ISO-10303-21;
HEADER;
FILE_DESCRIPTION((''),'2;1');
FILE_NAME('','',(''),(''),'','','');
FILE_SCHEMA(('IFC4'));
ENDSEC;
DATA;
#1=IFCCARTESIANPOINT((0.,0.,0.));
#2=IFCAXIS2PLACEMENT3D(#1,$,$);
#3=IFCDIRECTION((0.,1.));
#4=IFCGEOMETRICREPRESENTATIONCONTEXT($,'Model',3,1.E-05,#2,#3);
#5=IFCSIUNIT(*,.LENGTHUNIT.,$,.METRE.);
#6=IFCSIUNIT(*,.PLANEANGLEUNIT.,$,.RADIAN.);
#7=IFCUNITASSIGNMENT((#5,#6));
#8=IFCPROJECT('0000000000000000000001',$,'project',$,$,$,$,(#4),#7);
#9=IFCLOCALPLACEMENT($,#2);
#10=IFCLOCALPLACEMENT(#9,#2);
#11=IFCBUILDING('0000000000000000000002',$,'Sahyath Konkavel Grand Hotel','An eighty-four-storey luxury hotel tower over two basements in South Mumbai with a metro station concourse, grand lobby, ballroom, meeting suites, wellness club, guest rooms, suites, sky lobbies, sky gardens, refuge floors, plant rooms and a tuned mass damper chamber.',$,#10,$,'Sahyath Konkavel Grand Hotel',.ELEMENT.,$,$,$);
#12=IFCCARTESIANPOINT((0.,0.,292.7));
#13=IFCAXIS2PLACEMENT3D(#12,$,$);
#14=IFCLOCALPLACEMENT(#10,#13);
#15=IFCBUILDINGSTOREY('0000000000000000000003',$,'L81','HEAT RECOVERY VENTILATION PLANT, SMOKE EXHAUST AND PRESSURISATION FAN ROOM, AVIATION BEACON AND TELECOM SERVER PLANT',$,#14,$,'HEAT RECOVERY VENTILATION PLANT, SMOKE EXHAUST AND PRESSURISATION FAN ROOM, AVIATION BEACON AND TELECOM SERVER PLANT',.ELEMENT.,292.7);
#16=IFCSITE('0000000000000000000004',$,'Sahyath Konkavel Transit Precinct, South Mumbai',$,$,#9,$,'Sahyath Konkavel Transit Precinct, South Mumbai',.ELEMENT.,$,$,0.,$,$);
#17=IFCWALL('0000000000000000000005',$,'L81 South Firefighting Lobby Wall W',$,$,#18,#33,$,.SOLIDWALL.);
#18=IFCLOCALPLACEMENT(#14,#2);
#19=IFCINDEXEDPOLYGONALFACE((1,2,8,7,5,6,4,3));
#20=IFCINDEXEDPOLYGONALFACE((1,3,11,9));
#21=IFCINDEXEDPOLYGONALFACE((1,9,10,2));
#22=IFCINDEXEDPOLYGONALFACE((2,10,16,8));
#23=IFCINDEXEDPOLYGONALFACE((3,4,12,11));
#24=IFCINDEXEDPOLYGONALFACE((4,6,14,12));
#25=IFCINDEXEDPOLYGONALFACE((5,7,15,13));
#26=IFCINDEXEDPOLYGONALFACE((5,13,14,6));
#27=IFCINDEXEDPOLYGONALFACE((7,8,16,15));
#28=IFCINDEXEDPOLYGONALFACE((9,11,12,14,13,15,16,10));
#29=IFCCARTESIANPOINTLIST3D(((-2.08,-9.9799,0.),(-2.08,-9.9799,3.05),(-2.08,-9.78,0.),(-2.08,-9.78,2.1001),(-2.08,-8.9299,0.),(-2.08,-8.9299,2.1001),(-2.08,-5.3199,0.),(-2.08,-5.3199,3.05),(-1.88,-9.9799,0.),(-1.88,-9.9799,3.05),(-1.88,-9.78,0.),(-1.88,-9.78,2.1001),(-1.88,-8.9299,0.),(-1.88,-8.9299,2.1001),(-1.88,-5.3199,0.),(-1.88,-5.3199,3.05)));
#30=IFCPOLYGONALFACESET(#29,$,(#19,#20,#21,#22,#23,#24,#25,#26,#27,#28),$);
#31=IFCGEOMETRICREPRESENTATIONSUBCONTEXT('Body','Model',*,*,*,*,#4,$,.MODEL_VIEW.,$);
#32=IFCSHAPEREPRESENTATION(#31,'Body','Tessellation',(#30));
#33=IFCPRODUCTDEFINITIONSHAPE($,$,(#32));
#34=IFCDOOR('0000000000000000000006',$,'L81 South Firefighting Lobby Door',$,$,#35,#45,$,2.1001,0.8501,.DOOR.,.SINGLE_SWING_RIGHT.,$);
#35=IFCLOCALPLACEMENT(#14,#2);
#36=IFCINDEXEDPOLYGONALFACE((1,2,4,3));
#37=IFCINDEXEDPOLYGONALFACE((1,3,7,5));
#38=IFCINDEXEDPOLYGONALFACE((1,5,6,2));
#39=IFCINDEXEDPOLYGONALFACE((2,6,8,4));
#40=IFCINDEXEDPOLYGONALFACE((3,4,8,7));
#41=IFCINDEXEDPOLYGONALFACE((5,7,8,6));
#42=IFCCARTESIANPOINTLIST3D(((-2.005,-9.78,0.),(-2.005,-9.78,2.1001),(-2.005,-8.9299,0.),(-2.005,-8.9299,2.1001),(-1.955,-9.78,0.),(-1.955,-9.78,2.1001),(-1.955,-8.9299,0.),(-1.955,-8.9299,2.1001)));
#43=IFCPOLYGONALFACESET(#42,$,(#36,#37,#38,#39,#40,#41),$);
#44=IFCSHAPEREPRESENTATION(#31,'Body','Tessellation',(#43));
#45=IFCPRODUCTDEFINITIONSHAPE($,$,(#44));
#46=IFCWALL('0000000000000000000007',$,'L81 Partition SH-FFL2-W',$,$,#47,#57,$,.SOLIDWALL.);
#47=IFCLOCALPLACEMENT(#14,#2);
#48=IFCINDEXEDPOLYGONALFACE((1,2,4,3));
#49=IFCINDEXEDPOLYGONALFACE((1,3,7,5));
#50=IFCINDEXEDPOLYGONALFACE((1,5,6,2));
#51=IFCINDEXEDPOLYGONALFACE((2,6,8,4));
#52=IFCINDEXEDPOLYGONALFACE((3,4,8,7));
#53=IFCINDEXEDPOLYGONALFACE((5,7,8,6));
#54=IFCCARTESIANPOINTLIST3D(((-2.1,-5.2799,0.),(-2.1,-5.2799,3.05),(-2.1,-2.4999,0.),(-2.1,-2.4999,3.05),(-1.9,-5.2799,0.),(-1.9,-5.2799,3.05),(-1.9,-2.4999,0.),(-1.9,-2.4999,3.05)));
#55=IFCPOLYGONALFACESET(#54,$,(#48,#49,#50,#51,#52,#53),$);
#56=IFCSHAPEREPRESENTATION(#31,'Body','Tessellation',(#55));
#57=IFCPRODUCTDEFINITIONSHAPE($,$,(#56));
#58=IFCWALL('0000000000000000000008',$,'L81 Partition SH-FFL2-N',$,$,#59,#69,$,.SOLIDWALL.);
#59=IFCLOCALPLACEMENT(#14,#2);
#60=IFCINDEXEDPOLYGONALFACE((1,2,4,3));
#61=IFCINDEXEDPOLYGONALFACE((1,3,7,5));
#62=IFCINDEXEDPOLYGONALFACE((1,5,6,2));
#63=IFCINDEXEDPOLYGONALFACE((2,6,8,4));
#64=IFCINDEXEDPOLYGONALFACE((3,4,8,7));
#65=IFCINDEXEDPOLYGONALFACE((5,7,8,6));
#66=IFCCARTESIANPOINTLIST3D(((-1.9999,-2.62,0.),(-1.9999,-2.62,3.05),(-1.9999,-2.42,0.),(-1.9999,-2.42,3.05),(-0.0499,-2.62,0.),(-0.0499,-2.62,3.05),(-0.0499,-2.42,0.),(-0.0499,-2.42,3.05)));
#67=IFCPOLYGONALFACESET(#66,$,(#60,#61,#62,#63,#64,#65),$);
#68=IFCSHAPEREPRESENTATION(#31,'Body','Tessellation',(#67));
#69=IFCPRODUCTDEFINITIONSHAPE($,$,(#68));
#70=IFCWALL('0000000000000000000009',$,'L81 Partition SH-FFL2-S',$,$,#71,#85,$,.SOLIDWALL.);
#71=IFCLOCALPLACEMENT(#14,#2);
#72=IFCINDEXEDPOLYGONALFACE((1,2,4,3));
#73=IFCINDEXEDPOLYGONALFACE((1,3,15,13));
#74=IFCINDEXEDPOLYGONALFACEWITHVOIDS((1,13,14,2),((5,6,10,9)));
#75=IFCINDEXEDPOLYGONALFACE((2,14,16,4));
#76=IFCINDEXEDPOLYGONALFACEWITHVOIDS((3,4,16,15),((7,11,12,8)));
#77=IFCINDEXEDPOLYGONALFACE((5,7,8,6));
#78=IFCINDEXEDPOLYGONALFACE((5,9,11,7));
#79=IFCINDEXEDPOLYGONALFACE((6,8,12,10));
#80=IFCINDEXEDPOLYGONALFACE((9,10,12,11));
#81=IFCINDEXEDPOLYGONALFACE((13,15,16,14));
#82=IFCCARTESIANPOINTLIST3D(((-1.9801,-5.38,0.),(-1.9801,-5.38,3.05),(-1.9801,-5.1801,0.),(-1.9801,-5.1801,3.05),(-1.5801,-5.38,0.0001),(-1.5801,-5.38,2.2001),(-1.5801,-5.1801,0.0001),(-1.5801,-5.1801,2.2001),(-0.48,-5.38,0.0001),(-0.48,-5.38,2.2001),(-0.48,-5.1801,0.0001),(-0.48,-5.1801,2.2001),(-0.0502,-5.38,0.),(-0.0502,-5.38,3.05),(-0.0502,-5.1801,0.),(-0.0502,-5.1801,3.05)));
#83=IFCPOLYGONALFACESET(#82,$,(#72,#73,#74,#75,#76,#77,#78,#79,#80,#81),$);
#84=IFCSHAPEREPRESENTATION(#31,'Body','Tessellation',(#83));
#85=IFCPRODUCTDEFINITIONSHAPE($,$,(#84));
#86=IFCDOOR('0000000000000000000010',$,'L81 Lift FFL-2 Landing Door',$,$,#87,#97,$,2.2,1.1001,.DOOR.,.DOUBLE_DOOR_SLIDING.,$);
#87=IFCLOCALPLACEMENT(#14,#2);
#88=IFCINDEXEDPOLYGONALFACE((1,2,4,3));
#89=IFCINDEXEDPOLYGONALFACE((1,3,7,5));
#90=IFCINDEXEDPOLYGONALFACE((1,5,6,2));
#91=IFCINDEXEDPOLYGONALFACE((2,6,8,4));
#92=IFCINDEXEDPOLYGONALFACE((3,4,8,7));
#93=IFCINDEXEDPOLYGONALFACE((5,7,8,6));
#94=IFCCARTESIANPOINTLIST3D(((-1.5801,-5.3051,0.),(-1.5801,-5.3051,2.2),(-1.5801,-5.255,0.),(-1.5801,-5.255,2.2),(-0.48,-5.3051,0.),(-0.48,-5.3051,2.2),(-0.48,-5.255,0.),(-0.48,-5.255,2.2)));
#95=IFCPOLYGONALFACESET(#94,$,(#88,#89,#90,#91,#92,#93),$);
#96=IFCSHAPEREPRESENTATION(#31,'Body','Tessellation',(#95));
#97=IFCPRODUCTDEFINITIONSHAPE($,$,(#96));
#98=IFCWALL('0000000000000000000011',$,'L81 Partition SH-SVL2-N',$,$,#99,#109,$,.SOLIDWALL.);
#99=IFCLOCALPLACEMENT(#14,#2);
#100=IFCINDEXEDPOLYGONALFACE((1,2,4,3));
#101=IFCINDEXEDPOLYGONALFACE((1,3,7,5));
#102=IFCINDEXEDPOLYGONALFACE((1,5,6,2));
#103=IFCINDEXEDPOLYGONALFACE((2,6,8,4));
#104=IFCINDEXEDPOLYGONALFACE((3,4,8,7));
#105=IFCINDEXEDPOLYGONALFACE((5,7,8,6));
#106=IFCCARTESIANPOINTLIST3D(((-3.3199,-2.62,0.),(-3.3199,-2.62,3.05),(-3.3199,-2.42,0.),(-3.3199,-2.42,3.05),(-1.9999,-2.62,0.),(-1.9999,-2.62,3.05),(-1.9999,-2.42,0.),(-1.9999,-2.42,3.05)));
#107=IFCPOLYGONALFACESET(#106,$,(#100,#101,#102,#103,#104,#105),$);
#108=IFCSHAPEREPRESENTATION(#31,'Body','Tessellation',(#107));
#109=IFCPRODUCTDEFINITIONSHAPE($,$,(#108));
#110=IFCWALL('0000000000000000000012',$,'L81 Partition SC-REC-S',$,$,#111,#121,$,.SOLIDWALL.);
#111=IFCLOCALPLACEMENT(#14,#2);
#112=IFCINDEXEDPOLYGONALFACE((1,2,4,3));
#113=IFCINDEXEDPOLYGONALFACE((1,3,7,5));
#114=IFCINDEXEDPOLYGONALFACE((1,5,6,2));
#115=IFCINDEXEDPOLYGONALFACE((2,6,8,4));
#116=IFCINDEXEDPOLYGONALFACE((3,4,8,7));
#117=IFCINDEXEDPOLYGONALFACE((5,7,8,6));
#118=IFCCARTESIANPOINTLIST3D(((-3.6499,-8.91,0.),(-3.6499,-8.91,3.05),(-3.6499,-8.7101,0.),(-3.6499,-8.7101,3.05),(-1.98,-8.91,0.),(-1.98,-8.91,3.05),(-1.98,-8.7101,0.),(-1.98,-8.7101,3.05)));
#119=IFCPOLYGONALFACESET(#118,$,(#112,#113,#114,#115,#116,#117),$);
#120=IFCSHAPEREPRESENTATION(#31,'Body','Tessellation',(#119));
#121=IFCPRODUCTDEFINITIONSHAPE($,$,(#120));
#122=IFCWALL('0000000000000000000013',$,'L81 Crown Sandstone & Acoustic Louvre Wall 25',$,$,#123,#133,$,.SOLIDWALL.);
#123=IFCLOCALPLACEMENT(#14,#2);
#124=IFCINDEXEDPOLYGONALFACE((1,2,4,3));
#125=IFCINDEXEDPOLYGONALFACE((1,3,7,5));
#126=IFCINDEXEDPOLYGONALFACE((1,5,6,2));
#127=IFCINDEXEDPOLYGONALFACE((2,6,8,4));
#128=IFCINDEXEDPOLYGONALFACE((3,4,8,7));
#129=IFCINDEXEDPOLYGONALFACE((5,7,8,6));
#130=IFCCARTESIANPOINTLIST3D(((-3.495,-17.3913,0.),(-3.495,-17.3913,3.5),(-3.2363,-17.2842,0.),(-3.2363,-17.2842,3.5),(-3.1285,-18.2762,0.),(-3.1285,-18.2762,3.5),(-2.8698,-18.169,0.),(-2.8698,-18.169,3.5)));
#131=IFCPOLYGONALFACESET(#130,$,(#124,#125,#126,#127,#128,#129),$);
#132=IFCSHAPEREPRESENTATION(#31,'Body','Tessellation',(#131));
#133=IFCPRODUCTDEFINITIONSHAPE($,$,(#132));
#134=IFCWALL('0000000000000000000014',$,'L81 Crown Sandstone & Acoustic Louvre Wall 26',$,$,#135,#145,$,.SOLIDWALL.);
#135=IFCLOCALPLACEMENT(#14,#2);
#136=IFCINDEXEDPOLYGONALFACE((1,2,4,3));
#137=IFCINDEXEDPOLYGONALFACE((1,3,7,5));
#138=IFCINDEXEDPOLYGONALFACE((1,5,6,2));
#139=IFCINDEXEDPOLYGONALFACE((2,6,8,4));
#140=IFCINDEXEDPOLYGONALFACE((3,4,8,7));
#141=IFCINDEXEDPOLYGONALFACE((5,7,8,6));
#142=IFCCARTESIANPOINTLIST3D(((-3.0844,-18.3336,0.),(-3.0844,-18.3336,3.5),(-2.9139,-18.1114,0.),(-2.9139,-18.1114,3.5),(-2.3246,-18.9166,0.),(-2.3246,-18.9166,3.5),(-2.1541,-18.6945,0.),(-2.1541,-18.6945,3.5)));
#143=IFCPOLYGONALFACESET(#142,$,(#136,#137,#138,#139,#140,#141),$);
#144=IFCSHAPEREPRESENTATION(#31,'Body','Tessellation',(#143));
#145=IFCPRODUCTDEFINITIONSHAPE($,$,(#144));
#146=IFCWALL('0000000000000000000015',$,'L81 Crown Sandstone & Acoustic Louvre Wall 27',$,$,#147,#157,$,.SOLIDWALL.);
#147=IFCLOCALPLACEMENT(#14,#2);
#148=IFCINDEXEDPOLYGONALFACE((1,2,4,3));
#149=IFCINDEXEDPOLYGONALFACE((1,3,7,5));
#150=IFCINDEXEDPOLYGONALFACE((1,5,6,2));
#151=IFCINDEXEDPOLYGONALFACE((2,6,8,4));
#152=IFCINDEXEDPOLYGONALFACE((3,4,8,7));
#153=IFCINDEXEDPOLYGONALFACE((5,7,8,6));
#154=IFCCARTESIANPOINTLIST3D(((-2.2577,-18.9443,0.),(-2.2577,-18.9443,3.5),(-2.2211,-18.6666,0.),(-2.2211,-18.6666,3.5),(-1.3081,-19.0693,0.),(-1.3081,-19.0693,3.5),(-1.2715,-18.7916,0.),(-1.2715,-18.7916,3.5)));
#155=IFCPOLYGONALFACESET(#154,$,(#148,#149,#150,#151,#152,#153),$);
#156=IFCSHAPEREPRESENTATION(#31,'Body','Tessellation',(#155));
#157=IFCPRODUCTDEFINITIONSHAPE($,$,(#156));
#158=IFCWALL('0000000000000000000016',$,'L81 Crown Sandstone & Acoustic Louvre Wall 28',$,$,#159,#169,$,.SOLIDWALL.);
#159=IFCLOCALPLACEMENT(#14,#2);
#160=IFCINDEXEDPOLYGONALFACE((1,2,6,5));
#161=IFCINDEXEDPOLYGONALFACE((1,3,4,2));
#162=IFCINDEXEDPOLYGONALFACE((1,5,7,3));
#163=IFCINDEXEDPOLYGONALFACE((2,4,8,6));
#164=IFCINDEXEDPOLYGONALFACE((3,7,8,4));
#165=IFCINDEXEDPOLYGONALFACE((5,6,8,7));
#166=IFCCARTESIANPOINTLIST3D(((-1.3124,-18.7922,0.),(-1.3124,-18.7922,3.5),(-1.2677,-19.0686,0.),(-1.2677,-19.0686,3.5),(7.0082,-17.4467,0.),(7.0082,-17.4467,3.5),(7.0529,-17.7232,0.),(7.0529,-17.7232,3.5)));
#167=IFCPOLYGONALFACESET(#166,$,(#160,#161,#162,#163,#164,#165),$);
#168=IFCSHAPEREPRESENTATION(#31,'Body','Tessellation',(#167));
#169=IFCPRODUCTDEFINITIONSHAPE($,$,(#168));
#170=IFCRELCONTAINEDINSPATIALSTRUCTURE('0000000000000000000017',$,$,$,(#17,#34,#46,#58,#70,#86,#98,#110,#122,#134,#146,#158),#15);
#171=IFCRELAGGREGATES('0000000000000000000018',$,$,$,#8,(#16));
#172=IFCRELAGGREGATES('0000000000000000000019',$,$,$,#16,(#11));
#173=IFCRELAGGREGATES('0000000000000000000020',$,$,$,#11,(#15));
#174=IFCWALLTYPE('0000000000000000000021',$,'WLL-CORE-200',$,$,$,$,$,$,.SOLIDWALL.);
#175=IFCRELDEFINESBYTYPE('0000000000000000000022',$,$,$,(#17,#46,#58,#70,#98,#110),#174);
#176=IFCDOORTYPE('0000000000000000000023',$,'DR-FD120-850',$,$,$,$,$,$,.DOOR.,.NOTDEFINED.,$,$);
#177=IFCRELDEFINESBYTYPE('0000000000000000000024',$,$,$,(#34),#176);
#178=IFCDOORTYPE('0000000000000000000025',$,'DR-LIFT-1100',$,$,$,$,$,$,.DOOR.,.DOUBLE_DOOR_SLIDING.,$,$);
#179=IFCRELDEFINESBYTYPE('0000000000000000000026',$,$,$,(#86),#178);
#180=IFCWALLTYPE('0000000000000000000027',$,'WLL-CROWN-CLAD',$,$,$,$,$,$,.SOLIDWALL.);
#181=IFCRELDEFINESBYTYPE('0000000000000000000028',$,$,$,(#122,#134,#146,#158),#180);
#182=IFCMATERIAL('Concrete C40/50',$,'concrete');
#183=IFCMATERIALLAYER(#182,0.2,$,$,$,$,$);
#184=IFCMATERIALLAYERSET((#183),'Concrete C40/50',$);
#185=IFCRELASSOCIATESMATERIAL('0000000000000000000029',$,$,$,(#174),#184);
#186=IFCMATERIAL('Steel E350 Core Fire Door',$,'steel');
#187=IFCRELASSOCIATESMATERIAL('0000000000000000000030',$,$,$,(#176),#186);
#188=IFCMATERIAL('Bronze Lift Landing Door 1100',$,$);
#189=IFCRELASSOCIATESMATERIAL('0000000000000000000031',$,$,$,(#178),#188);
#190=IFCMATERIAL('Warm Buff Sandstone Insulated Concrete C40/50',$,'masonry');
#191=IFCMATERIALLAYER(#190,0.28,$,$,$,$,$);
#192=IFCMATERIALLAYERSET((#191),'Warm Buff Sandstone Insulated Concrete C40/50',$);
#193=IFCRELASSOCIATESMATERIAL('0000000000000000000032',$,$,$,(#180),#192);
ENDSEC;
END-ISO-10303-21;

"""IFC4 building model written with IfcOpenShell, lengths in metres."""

from ifc_helpers import new_model, si_unit, direction, frame, frame_2d, origin, origin_2d, place, context, subcontext, project, spatial, rectangle, extrude, source, transform, mapped, material, layer, layer_set, type_object, element, fill, save


model = new_model("IFC4")

# Units and contexts
model_context = context("Model", 3, precision=1e-05, world=origin(), true_north=direction((0.0, 1.0)))
body_context = subcontext(model_context, "Body", "Model", "MODEL_VIEW")
ifc_project = project(units=[si_unit("LENGTHUNIT", "METRE"), si_unit("PLANEANGLEUNIT", "RADIAN")], contexts=[model_context])

# Site, building, storey
site_placement = place(None, origin())
site = spatial("IfcSite", under=ifc_project, at=site_placement, Name="Sahyath Konkavel Transit Precinct, South Mumbai", LongName="Sahyath Konkavel Transit Precinct, South Mumbai", CompositionType="ELEMENT", RefElevation=0.0)
building_placement = place(site_placement, origin())
building = spatial("IfcBuilding", under=site, at=building_placement, Name="Sahyath Konkavel Grand Hotel", Description="An eighty-four-storey luxury hotel tower over two basements in South Mumbai with a metro station concourse, grand lobby, ballroom, meeting suites, wellness club, guest rooms, suites, sky lobbies, sky gardens, refuge floors, plant rooms and a tuned mass damper chamber.", LongName="Sahyath Konkavel Grand Hotel", CompositionType="ELEMENT")
storey_placement = place(building_placement, frame((0.0, 0.0, 292.7)))
storey = spatial("IfcBuildingStorey", under=building, at=storey_placement, Name="L81", Description="HEAT RECOVERY VENTILATION PLANT, SMOKE EXHAUST AND PRESSURISATION FAN ROOM, AVIATION BEACON AND TELECOM SERVER PLANT", LongName="HEAT RECOVERY VENTILATION PLANT, SMOKE EXHAUST AND PRESSURISATION FAN ROOM, AVIATION BEACON AND TELECOM SERVER PLANT", CompositionType="ELEMENT", Elevation=292.7)

# Shared definitions
ifc_material_1 = material(Name="Concrete C40/50", Category="concrete")

# Wall, opening, door
ifc_layer_1 = layer(ifc_material_1, 0.2)
ifc_layer_set_1 = layer_set([ifc_layer_1], Name="Concrete C40/50")
wall_type_1 = type_object("IfcWallType", Name="WLL-CORE-200", PredefinedType="SOLIDWALL", material=ifc_layer_set_1)
wall_1_placement = place(storey_placement, frame((-1.98, -9.98, 0.0), z_axis=(0.0, 0.0, 1.0), x_axis=(0.0, 1.0, 0.0)))
wall_1 = element("IfcWall", 1, at=wall_1_placement, inside=storey, type_object=wall_type_1, Name="L81 South Firefighting Lobby Wall W", PredefinedType="SOLIDWALL", context=body_context, shape_type="SweptSolid", body=[
    extrude(rectangle(XDim=4.6599, YDim=0.2, at=frame_2d((2.3301, 0.0))), origin(), (0.0, 0.0, 1.0), 3.05),
])
opening_1_placement = place(wall_1_placement, frame((0.2, 0.0, 0.0)))
opening_1 = element("IfcOpeningElement", 2, at=opening_1_placement, cuts=wall_1, PredefinedType="OPENING", context=body_context, shape_type="SweptSolid", body=[
    extrude(rectangle(XDim=0.8501, YDim=2.1001, at=frame_2d((0.425, 1.05))), frame((0.0, 0.1099, 0.0), z_axis=(0.0, -1.0, 0.0), x_axis=(1.0, 0.0, 0.0)), (0.0, 0.0, 1.0), 0.22),
])
ifc_material_2 = material(Name="Steel E350 Core Fire Door", Category="steel")
door_type_1 = type_object("IfcDoorType", Name="DR-FD120-850", OperationType="NOTDEFINED", PredefinedType="DOOR", material=ifc_material_2)
shared_shape_1 = source(origin(), body_context, "Body", "SweptSolid", [
    extrude(rectangle(XDim=0.8501, YDim=0.05, at=origin_2d()), origin(), (0.0, 0.0, 1.0), 2.1001),
])
door_1_placement = place(opening_1_placement, frame((0.425, 0.0, 0.0)))
door_1 = element("IfcDoor", 3, at=door_1_placement, inside=storey, type_object=door_type_1, Name="L81 South Firefighting Lobby Door", OperationType="SINGLE_SWING_RIGHT", OverallHeight=2.1001, OverallWidth=0.8501, PredefinedType="DOOR", context=body_context, shape_type="MappedRepresentation", body=[
    mapped(shared_shape_1, transform((0.0, 0.0, 0.0), scale=1.0)),
])
fill(opening_1, door_1)

# Walls
wall_2_placement = place(storey_placement, frame((-2.0, -5.28, 0.0), z_axis=(0.0, 0.0, 1.0), x_axis=(0.0, 1.0, 0.0)))
element("IfcWall", 4, at=wall_2_placement, inside=storey, type_object=wall_type_1, Name="L81 Partition SH-FFL2-W", PredefinedType="SOLIDWALL", context=body_context, shape_type="SweptSolid", body=[
    extrude(rectangle(XDim=2.78, YDim=0.2, at=frame_2d((1.3901, 0.0))), origin(), (0.0, 0.0, 1.0), 3.05),
])
wall_3_placement = place(storey_placement, frame((-2.0, -2.52, 0.0), z_axis=(0.0, 0.0, 1.0), x_axis=(1.0, 0.0, 0.0)))
element("IfcWall", 5, at=wall_3_placement, inside=storey, type_object=wall_type_1, Name="L81 Partition SH-FFL2-N", PredefinedType="SOLIDWALL", context=body_context, shape_type="SweptSolid", body=[
    extrude(rectangle(XDim=1.95, YDim=0.2, at=frame_2d((0.9751, 0.0))), origin(), (0.0, 0.0, 1.0), 3.05),
])

# Wall, opening, door
wall_4_placement = place(storey_placement, frame((-1.98, -5.28, 0.0), z_axis=(0.0, 0.0, 1.0), x_axis=(1.0, 0.0, 0.0)))
wall_4 = element("IfcWall", 6, at=wall_4_placement, inside=storey, type_object=wall_type_1, Name="L81 Partition SH-FFL2-S", PredefinedType="SOLIDWALL", context=body_context, shape_type="SweptSolid", body=[
    extrude(rectangle(XDim=1.9299, YDim=0.2, at=frame_2d((0.9648, 0.0))), origin(), (0.0, 0.0, 1.0), 3.05),
])
opening_2_placement = place(wall_4_placement, frame((0.3999, 0.0, 0.0)))
opening_2 = element("IfcOpeningElement", 7, at=opening_2_placement, cuts=wall_4, PredefinedType="OPENING", context=body_context, shape_type="SweptSolid", body=[
    extrude(rectangle(XDim=1.1001, YDim=2.2, at=frame_2d((0.55, 1.1001))), frame((0.0, 0.1099, 0.0), z_axis=(0.0, -1.0, 0.0), x_axis=(1.0, 0.0, 0.0)), (0.0, 0.0, 1.0), 0.22),
])
ifc_material_3 = material(Name="Bronze Lift Landing Door 1100")
door_type_2 = type_object("IfcDoorType", Name="DR-LIFT-1100", OperationType="DOUBLE_DOOR_SLIDING", PredefinedType="DOOR", material=ifc_material_3)
shared_shape_2 = source(origin(), body_context, "Body", "SweptSolid", [
    extrude(rectangle(XDim=1.1001, YDim=0.05, at=origin_2d()), origin(), (0.0, 0.0, 1.0), 2.2),
])
door_2_placement = place(opening_2_placement, frame((0.55, 0.0, 0.0)))
door_2 = element("IfcDoor", 8, at=door_2_placement, inside=storey, type_object=door_type_2, Name="L81 Lift FFL-2 Landing Door", OperationType="DOUBLE_DOOR_SLIDING", OverallHeight=2.2, OverallWidth=1.1001, PredefinedType="DOOR", context=body_context, shape_type="MappedRepresentation", body=[
    mapped(shared_shape_2, transform((0.0, 0.0, 0.0), scale=1.0)),
])
fill(opening_2, door_2)

# Wall
wall_5_placement = place(storey_placement, frame((-3.3201, -2.52, 0.0), z_axis=(0.0, 0.0, 1.0), x_axis=(1.0, 0.0, 0.0)))
element("IfcWall", 9, at=wall_5_placement, inside=storey, type_object=wall_type_1, Name="L81 Partition SH-SVL2-N", PredefinedType="SOLIDWALL", context=body_context, shape_type="SweptSolid", body=[
    extrude(rectangle(XDim=1.3201, YDim=0.2, at=frame_2d((0.6602, 0.0))), origin(), (0.0, 0.0, 1.0), 3.05),
])

# Walls
wall_6_placement = place(storey_placement, frame((-3.6499, -8.8101, 0.0), z_axis=(0.0, 0.0, 1.0), x_axis=(1.0, 0.0, 0.0)))
element("IfcWall", 10, at=wall_6_placement, inside=storey, type_object=wall_type_1, Name="L81 Partition SC-REC-S", PredefinedType="SOLIDWALL", context=body_context, shape_type="SweptSolid", body=[
    extrude(rectangle(XDim=1.6699, YDim=0.2, at=frame_2d((0.835, 0.0))), origin(), (0.0, 0.0, 1.0), 3.05),
])
ifc_material_4 = material(Name="Warm Buff Sandstone Insulated Concrete C40/50", Category="masonry")
ifc_layer_2 = layer(ifc_material_4, 0.28)
ifc_layer_set_2 = layer_set([ifc_layer_2], Name="Warm Buff Sandstone Insulated Concrete C40/50")
wall_type_2 = type_object("IfcWallType", Name="WLL-CROWN-CLAD", PredefinedType="SOLIDWALL", material=ifc_layer_set_2)
for number, where, z_axis, x_axis, name in (
    (11, (-3.3657, -17.3376, 0.0), (0.0, 0.0, 1.0), (0.38266, -0.923889, 0.0), "L81 Crown Sandstone & Acoustic Louvre Wall 25"),
    (12, (-2.9993, -18.2224, 0.0), (0.0, 0.0, 1.0), (0.793344, -0.608774, 0.0), "L81 Crown Sandstone & Acoustic Louvre Wall 26"),
    (13, (-2.2395, -18.8054, 0.0), (0.0, 0.0, 1.0), (0.991445, -0.130527, 0.0), "L81 Crown Sandstone & Acoustic Louvre Wall 27"),
):
    element("IfcWall", number, at=place(storey_placement, frame(where, z_axis=z_axis, x_axis=x_axis)), inside=storey, type_object=wall_type_2, Name=name, PredefinedType="SOLIDWALL", context=body_context, shape_type="SweptSolid", body=[
        extrude(rectangle(XDim=0.9578, YDim=0.28, at=frame_2d((0.479, 0.0))), origin(), (0.0, 0.0, 1.0), 3.5),
    ])
wall_7_placement = place(storey_placement, frame((-1.29, -18.9304, 0.0), z_axis=(0.0, 0.0, 1.0), x_axis=(0.987177, 0.159629, 0.0)))
element("IfcWall", 14, at=wall_7_placement, inside=storey, type_object=wall_type_2, Name="L81 Crown Sandstone & Acoustic Louvre Wall 28", PredefinedType="SOLIDWALL", context=body_context, shape_type="SweptSolid", body=[
    extrude(rectangle(XDim=8.4287, YDim=0.28, at=frame_2d((4.2144, 0.0))), origin(), (0.0, 0.0, 1.0), 3.5),
])

save(model, "model.ifc")
